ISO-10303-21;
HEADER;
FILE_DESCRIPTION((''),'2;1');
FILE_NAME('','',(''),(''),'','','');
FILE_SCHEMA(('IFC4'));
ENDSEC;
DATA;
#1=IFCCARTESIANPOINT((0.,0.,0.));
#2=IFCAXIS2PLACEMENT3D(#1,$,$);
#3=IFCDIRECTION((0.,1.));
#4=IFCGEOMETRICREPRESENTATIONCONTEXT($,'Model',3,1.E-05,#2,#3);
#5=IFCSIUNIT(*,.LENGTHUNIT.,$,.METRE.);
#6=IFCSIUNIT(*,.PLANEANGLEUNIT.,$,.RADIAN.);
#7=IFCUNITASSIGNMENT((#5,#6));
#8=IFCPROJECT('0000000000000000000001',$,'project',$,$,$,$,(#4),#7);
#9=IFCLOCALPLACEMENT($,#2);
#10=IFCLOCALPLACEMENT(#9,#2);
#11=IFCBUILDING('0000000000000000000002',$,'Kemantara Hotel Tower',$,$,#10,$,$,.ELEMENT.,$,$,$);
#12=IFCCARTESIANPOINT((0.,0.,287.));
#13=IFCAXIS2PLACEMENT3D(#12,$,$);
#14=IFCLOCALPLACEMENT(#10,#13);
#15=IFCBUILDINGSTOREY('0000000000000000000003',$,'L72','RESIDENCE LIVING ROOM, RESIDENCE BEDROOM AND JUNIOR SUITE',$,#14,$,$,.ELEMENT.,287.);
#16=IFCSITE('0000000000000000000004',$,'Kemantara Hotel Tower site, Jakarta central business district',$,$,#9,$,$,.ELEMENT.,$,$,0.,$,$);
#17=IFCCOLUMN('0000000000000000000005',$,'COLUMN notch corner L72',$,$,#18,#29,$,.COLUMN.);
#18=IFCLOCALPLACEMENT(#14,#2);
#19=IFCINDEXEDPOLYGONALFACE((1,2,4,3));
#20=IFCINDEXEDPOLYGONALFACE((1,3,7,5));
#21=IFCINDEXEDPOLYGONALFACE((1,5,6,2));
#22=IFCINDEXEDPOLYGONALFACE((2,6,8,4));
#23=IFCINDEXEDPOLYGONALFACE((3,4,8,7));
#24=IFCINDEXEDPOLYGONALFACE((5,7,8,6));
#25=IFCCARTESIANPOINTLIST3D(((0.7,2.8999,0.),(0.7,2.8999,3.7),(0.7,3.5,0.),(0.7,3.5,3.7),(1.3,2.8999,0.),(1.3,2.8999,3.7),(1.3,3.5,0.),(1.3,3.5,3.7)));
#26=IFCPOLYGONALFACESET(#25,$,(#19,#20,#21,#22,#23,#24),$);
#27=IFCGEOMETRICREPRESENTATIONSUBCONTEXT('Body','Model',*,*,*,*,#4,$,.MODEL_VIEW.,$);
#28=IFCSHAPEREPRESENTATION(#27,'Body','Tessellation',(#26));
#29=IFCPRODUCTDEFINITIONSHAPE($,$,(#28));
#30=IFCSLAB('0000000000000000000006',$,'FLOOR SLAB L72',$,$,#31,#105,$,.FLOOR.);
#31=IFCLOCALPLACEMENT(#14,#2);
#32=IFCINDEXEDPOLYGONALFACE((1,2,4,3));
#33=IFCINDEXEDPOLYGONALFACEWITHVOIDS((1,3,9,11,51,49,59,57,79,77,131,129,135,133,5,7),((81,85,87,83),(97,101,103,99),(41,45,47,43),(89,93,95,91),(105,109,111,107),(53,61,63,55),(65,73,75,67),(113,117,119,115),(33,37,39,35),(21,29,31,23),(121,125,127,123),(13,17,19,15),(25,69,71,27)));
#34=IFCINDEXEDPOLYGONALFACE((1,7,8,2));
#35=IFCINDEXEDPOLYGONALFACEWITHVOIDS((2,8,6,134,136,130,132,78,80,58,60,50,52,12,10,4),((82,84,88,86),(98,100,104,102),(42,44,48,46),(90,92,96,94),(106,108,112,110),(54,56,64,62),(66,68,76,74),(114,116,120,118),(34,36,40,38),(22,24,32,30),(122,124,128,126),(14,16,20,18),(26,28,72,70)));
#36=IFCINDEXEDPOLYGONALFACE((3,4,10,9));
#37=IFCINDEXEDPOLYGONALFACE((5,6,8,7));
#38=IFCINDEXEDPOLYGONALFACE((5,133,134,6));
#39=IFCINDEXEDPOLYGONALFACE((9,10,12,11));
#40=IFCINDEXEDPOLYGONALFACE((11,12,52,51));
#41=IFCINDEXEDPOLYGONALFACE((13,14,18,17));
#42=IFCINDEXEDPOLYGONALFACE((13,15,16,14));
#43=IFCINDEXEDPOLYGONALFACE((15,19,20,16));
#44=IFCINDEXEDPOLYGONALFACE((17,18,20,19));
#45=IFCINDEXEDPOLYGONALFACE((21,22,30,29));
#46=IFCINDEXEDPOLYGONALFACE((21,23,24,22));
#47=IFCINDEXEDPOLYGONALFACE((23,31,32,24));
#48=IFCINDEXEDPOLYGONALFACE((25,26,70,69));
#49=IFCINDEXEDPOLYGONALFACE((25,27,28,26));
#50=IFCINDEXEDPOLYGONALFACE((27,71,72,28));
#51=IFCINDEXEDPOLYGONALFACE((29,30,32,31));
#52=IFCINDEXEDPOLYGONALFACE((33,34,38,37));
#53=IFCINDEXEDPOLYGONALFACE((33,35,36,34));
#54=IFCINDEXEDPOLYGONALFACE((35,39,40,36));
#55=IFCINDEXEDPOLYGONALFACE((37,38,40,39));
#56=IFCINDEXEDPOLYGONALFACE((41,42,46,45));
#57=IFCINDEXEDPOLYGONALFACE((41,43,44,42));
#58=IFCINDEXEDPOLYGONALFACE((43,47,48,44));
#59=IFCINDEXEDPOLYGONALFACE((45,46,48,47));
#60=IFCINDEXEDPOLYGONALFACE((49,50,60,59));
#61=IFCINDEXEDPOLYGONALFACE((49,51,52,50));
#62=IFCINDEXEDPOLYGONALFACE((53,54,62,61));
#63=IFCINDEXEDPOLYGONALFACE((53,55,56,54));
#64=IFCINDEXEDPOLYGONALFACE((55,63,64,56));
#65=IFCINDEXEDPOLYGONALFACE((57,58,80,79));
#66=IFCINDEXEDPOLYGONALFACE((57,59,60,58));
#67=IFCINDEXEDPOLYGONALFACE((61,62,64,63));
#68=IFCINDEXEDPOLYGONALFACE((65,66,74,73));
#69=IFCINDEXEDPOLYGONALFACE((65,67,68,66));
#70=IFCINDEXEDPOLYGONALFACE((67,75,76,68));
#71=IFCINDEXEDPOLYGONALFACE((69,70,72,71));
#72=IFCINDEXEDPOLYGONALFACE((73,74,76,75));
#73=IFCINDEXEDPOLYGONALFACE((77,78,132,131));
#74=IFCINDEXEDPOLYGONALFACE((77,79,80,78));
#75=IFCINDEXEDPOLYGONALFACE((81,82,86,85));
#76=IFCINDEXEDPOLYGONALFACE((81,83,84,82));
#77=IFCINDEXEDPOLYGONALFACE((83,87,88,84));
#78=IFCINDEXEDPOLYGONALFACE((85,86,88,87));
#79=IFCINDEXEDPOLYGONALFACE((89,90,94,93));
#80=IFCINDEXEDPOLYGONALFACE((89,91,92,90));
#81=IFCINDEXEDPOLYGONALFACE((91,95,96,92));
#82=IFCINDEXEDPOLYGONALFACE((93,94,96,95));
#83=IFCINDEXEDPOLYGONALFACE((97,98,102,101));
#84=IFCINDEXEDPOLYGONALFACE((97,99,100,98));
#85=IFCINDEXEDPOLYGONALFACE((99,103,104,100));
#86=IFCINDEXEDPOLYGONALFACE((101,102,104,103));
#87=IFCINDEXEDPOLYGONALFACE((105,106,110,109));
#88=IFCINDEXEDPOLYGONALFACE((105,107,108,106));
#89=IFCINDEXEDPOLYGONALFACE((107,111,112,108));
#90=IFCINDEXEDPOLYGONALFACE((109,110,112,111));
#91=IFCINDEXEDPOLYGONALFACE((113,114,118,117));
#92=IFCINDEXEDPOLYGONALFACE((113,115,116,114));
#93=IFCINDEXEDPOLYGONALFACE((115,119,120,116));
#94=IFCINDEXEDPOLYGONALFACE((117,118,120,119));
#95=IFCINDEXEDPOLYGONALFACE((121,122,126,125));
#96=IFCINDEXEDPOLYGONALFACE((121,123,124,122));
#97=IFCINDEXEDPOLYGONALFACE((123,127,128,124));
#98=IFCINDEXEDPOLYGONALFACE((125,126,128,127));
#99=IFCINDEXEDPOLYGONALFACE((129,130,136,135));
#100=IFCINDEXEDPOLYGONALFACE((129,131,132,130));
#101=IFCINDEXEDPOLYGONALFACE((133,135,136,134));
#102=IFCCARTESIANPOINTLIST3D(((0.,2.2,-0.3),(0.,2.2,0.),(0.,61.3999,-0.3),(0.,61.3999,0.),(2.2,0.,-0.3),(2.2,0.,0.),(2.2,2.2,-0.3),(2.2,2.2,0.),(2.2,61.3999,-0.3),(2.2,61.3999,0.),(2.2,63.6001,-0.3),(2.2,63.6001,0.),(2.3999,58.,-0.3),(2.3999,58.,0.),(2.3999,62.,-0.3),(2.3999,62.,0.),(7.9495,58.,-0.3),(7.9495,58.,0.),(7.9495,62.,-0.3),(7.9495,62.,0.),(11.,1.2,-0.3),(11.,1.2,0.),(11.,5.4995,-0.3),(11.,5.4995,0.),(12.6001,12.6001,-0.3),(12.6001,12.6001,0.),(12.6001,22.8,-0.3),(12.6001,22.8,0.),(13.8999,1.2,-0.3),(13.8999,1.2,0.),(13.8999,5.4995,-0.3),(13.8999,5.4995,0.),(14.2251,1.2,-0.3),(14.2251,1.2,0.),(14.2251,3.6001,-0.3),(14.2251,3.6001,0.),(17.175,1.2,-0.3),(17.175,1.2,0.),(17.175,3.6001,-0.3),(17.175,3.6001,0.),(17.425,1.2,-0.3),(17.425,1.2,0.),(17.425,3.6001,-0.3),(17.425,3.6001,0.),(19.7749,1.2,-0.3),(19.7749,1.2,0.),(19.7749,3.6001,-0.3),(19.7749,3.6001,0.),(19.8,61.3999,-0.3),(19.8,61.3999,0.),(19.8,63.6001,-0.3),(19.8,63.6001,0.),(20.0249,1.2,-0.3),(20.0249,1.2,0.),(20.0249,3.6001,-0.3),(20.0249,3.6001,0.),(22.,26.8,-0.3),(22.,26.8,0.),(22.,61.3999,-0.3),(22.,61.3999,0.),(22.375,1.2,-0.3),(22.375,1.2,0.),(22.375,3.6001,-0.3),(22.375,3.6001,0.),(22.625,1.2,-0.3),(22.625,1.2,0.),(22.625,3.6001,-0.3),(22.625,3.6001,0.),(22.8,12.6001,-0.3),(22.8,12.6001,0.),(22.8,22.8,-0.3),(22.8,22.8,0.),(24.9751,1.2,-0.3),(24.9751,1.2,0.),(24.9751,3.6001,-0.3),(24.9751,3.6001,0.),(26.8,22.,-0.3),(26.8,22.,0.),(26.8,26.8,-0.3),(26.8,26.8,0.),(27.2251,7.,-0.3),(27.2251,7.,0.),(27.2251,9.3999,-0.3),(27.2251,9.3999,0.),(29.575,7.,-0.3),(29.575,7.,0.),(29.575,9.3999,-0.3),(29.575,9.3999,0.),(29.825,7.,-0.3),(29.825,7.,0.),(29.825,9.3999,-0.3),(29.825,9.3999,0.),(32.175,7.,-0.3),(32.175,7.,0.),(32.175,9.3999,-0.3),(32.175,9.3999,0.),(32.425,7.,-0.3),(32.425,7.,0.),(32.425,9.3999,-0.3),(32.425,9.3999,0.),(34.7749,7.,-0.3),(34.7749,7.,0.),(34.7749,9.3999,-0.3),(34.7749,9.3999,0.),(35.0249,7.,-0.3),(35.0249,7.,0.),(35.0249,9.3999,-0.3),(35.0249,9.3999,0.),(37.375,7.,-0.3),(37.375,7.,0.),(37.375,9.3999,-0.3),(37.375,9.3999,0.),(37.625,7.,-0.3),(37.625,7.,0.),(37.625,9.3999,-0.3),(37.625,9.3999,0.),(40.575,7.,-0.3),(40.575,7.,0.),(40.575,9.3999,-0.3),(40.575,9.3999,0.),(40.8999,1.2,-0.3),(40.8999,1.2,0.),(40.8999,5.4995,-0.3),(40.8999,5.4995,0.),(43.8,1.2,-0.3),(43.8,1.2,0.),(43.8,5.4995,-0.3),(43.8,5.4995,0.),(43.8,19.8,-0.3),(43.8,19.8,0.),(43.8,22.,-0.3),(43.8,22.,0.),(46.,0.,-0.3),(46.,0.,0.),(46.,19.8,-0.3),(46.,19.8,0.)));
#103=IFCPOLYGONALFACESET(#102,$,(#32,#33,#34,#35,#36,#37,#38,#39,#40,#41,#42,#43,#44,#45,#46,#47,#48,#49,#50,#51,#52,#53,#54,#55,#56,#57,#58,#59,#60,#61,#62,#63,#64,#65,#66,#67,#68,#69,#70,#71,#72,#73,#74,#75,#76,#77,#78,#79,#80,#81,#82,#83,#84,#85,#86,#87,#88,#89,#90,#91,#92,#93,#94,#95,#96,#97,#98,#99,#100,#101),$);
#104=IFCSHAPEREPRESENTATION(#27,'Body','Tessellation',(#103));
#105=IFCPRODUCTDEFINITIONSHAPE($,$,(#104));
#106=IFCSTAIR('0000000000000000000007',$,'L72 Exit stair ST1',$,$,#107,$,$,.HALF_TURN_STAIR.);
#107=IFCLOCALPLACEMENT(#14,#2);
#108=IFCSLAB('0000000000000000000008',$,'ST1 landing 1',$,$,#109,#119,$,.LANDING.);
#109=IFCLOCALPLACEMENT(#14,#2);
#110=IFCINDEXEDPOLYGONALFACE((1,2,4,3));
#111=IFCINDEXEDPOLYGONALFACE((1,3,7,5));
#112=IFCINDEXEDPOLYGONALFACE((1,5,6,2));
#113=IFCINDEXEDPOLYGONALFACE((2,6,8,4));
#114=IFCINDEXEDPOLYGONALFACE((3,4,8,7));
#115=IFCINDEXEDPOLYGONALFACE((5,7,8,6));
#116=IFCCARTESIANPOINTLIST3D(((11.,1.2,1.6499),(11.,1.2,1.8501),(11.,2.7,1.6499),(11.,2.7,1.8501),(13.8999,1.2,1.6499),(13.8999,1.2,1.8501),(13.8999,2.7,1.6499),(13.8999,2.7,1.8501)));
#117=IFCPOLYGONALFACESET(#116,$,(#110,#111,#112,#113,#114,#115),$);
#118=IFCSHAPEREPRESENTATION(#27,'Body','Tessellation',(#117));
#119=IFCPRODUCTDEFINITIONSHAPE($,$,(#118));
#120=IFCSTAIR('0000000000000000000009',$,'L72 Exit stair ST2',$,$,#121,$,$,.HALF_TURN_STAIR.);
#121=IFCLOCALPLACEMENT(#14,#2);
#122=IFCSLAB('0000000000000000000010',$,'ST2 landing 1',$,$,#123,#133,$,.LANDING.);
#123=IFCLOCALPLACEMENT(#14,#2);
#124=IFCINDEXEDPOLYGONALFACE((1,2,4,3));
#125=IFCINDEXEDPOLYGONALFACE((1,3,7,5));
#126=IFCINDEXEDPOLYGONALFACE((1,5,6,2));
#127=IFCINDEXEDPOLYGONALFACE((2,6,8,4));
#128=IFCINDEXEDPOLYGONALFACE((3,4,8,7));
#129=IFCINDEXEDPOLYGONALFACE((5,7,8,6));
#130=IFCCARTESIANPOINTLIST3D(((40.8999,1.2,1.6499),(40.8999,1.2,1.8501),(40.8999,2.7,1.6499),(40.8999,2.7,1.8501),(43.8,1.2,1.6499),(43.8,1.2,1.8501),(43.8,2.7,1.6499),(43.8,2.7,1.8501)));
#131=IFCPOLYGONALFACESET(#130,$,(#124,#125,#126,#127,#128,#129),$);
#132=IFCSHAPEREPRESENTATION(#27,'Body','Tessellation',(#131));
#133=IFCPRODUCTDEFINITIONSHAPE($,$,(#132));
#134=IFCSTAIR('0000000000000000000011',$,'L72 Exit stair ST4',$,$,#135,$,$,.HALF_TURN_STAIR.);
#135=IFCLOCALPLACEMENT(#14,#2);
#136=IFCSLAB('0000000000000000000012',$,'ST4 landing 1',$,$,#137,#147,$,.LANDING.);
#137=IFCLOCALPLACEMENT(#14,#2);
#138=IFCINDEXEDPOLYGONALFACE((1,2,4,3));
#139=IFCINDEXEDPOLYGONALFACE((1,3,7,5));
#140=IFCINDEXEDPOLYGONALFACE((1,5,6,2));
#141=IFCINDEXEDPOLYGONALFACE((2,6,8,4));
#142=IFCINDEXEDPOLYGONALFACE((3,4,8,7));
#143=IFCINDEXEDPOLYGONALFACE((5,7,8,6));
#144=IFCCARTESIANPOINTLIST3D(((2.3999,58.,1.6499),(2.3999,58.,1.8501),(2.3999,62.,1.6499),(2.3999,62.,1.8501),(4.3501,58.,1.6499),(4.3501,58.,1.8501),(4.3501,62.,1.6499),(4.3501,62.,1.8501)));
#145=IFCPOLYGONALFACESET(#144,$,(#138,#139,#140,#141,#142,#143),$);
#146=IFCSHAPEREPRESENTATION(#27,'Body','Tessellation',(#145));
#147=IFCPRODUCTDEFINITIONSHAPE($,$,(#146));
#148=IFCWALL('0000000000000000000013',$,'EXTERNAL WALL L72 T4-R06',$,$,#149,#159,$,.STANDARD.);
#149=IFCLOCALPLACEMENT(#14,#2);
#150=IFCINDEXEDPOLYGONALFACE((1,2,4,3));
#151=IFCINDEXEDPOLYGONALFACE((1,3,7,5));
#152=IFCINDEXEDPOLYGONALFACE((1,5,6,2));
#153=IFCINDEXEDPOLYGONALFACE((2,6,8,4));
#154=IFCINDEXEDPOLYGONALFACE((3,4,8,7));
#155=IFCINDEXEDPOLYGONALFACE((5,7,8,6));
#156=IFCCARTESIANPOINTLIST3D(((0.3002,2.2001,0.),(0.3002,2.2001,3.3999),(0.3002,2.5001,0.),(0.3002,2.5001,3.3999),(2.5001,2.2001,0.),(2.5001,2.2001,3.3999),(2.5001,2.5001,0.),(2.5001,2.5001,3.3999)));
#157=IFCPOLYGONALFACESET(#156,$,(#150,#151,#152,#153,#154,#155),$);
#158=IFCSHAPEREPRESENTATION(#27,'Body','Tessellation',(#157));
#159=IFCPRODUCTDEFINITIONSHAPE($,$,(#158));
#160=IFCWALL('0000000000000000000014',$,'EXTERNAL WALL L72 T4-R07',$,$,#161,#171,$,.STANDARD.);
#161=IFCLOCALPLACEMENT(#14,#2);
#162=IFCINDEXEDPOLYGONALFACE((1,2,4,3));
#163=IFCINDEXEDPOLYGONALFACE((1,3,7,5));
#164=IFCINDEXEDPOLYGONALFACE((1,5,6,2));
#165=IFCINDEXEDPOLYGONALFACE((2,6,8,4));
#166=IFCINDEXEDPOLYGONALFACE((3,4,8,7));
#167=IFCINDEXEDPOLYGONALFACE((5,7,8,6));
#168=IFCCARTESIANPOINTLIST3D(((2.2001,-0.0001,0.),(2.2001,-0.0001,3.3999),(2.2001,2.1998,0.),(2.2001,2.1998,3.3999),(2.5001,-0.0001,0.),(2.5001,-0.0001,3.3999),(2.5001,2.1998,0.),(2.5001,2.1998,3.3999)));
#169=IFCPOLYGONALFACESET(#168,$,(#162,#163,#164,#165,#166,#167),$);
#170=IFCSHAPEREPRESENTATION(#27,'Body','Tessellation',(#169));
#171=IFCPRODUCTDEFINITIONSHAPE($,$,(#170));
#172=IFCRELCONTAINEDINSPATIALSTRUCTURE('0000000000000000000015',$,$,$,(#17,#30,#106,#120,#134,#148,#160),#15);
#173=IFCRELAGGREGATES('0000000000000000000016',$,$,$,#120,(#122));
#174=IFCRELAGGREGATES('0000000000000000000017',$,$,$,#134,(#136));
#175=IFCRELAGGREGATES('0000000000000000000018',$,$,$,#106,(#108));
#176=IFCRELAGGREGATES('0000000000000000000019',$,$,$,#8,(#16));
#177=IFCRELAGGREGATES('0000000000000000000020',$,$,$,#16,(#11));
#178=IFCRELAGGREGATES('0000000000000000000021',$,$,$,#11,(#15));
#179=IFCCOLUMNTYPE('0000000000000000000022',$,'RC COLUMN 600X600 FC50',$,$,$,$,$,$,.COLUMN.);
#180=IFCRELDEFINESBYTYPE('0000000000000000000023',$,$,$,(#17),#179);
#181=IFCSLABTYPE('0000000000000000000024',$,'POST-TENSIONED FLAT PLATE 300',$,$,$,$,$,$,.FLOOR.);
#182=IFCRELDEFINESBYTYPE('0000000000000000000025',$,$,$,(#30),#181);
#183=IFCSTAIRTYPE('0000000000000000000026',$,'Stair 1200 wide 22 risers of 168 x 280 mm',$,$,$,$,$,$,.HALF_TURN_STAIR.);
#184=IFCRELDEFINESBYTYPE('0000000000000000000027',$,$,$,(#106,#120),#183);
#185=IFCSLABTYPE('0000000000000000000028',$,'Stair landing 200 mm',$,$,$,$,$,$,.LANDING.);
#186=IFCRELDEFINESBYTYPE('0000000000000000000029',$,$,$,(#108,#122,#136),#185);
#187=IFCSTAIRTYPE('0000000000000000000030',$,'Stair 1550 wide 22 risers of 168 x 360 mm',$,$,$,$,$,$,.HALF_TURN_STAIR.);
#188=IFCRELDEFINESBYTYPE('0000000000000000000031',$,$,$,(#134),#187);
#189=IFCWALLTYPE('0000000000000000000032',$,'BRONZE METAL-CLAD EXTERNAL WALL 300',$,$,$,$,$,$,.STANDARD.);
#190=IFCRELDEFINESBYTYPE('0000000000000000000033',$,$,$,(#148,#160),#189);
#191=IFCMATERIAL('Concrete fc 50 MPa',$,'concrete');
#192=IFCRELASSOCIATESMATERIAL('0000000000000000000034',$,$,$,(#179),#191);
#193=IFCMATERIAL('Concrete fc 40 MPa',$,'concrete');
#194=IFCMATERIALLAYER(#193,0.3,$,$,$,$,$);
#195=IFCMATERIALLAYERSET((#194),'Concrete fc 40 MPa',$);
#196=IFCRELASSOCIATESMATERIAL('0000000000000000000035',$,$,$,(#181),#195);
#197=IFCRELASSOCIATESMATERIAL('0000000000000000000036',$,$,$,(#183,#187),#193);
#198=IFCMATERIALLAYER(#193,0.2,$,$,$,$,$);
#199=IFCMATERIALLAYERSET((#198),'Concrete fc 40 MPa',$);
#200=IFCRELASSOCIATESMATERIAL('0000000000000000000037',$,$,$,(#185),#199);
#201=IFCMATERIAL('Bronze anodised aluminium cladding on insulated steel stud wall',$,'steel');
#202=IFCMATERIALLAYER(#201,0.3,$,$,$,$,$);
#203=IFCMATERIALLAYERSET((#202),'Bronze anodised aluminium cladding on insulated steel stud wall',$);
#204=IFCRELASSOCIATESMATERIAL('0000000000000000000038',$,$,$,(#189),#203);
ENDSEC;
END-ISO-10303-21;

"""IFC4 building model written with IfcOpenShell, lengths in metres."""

from ifc_helpers import new_model, si_unit, direction, frame, frame_2d, origin, origin_2d, place, context, subcontext, project, spatial, polyline, rectangle, outline, extrude, material, layer, layer_set, material_profile, profile_set, type_object, element, aggregate, save


model = new_model("IFC4")

# Units and contexts
model_context = context("Model", 3, precision=1e-05, world=origin(), true_north=direction((0.0, 1.0)))
body_context = subcontext(model_context, "Body", "Model", "MODEL_VIEW")
ifc_project = project(units=[si_unit("LENGTHUNIT", "METRE"), si_unit("PLANEANGLEUNIT", "RADIAN")], contexts=[model_context])

# Site, building, storey
site_placement = place(None, origin())
site = spatial("IfcSite", under=ifc_project, at=site_placement, Name="Kemantara Hotel Tower site, Jakarta central business district", CompositionType="ELEMENT", RefElevation=0.0)
building_placement = place(site_placement, origin())
building = spatial("IfcBuilding", under=site, at=building_placement, Name="Kemantara Hotel Tower", CompositionType="ELEMENT")
storey_placement = place(building_placement, frame((0.0, 0.0, 287.0)))
storey = spatial("IfcBuildingStorey", under=building, at=storey_placement, Name="L72", Description="RESIDENCE LIVING ROOM, RESIDENCE BEDROOM AND JUNIOR SUITE", CompositionType="ELEMENT", Elevation=287.0)

# Column
ifc_material_1 = material(Name="Concrete fc 50 MPa", Category="concrete")
ifc_material_profile = material_profile(ifc_material_1, rectangle(XDim=0.6001, YDim=0.6001, at=origin_2d()), Name="RC 600X600")
ifc_profile_set = profile_set([ifc_material_profile], Name="Concrete fc 50 MPa")
column_type = type_object("IfcColumnType", Name="RC COLUMN 600X600 FC50", PredefinedType="COLUMN", material=ifc_profile_set)
column_placement = place(storey_placement, frame((1.0, 3.2, 0.0), z_axis=(0.0, 0.0, 1.0), x_axis=(1.0, 0.0, 0.0)))
element("IfcColumn", 1, at=column_placement, inside=storey, type_object=column_type, Name="COLUMN notch corner L72", PredefinedType="COLUMN", context=body_context, shape_type="SweptSolid", body=[
    extrude(rectangle(XDim=0.6001, YDim=0.6001, at=origin_2d()), origin(), (0.0, 0.0, 1.0), 3.7),
])

# Slab
ifc_material_2 = material(Name="Concrete fc 40 MPa", Category="concrete")
ifc_layer_1 = layer(ifc_material_2, 0.3)
ifc_layer_set_1 = layer_set([ifc_layer_1], Name="Concrete fc 40 MPa")
slab_type_1 = type_object("IfcSlabType", Name="POST-TENSIONED FLAT PLATE 300", PredefinedType="FLOOR", material=ifc_layer_set_1)
slab_1_placement = place(storey_placement, frame((0.0, 0.0, -0.3)))
element("IfcSlab", 2, at=slab_1_placement, inside=storey, type_object=slab_type_1, Name="FLOOR SLAB L72", PredefinedType="FLOOR", context=body_context, shape_type="SweptSolid", body=[
    extrude(outline(polyline([(22.0, 26.8), (22.0, 61.3999), (19.8, 61.3999), (19.8, 63.6001), (2.2, 63.6001), (2.2, 61.3999), (0.0, 61.3999), (0.0, 2.2), (2.2, 2.2), (2.2, 0.0), (46.0, 0.0), (46.0, 19.8), (43.8, 19.8), (43.8, 22.0), (26.8, 22.0), (26.8, 26.8), (22.0, 26.8)]), holes=[polyline([(17.175, 3.6001), (17.175, 1.2), (14.2251, 1.2), (14.2251, 3.6001), (17.175, 3.6001)]), polyline([(19.7749, 1.2), (17.425, 1.2), (17.425, 3.6001), (19.7749, 3.6001), (19.7749, 1.2)]), polyline([(22.375, 1.2), (20.0249, 1.2), (20.0249, 3.6001), (22.375, 3.6001), (22.375, 1.2)]), polyline([(24.9751, 3.6001), (24.9751, 1.2), (22.625, 1.2), (22.625, 3.6001), (24.9751, 3.6001)]), polyline([(11.0, 1.2), (11.0, 5.4995), (13.8999, 5.4995), (13.8999, 1.2), (11.0, 1.2)]), polyline([(22.8, 12.6001), (12.6001, 12.6001), (12.6001, 22.8), (22.8, 22.8), (22.8, 12.6001)]), polyline([(2.3999, 58.0), (2.3999, 62.0), (7.9495, 62.0), (7.9495, 58.0), (2.3999, 58.0)]), polyline([(40.8999, 1.2), (40.8999, 5.4995), (43.8, 5.4995), (43.8, 1.2), (40.8999, 1.2)]), polyline([(29.575, 7.0), (27.2251, 7.0), (27.2251, 9.3999), (29.575, 9.3999), (29.575, 7.0)]), polyline([(32.175, 7.0), (29.825, 7.0), (29.825, 9.3999), (32.175, 9.3999), (32.175, 7.0)]), polyline([(34.7749, 7.0), (32.425, 7.0), (32.425, 9.3999), (34.7749, 9.3999), (34.7749, 7.0)]), polyline([(37.375, 7.0), (35.0249, 7.0), (35.0249, 9.3999), (37.375, 9.3999), (37.375, 7.0)]), polyline([(40.575, 7.0), (37.625, 7.0), (37.625, 9.3999), (40.575, 9.3999), (40.575, 7.0)])]), origin(), (0.0, 0.0, 1.0), 0.3),
])

# Stairs, slabs
stair_type_1 = type_object("IfcStairType", Name="Stair 1200 wide 22 risers of 168 x 280 mm", PredefinedType="HALF_TURN_STAIR", material=ifc_material_2)
stair_1_placement = place(storey_placement, origin())
stair_1 = element("IfcStair", 3, at=stair_1_placement, inside=storey, type_object=stair_type_1, Name="L72 Exit stair ST1", PredefinedType="HALF_TURN_STAIR")
ifc_layer_2 = layer(ifc_material_2, 0.2)
ifc_layer_set_2 = layer_set([ifc_layer_2], Name="Concrete fc 40 MPa")
slab_type_2 = type_object("IfcSlabType", Name="Stair landing 200 mm", PredefinedType="LANDING", material=ifc_layer_set_2)
slab_2_placement = place(storey_placement, frame((0.0, 0.0, 1.6499)))
slab_2 = element("IfcSlab", 4, at=slab_2_placement, type_object=slab_type_2, Name="ST1 landing 1", PredefinedType="LANDING", context=body_context, shape_type="SweptSolid", body=[
    extrude(outline(polyline([(11.0, 2.7), (11.0, 1.2), (13.8999, 1.2), (13.8999, 2.7), (11.0, 2.7)])), origin(), (0.0, 0.0, 1.0), 0.2002),
])
stair_2_placement = place(storey_placement, origin())
stair_2 = element("IfcStair", 5, at=stair_2_placement, inside=storey, type_object=stair_type_1, Name="L72 Exit stair ST2", PredefinedType="HALF_TURN_STAIR")
slab_3_placement = place(storey_placement, frame((0.0, 0.0, 1.6499)))
slab_3 = element("IfcSlab", 6, at=slab_3_placement, type_object=slab_type_2, Name="ST2 landing 1", PredefinedType="LANDING", context=body_context, shape_type="SweptSolid", body=[
    extrude(outline(polyline([(40.8999, 2.7), (40.8999, 1.2), (43.8, 1.2), (43.8, 2.7), (40.8999, 2.7)])), origin(), (0.0, 0.0, 1.0), 0.2002),
])
aggregate(stair_2, [slab_3])
stair_type_2 = type_object("IfcStairType", Name="Stair 1550 wide 22 risers of 168 x 360 mm", PredefinedType="HALF_TURN_STAIR", material=ifc_material_2)
stair_3_placement = place(storey_placement, origin())
stair_3 = element("IfcStair", 7, at=stair_3_placement, inside=storey, type_object=stair_type_2, Name="L72 Exit stair ST4", PredefinedType="HALF_TURN_STAIR")
slab_4_placement = place(storey_placement, frame((0.0, 0.0, 1.6499)))
slab_4 = element("IfcSlab", 8, at=slab_4_placement, type_object=slab_type_2, Name="ST4 landing 1", PredefinedType="LANDING", context=body_context, shape_type="SweptSolid", body=[
    extrude(outline(polyline([(4.3501, 62.0), (2.3999, 62.0), (2.3999, 58.0), (4.3501, 58.0), (4.3501, 62.0)])), origin(), (0.0, 0.0, 1.0), 0.2002),
])
aggregate(stair_3, [slab_4])

# Walls
ifc_material_3 = material(Name="Bronze anodised aluminium cladding on insulated steel stud wall", Category="steel")
ifc_layer_3 = layer(ifc_material_3, 0.3)
ifc_layer_set_3 = layer_set([ifc_layer_3], Name="Bronze anodised aluminium cladding on insulated steel stud wall")
wall_type_1 = type_object("IfcWallType", Name="BRONZE METAL-CLAD EXTERNAL WALL 300", PredefinedType="STANDARD", material=ifc_layer_set_3)
for number, where, z_axis, x_axis, name in (
    (9, (0.3, 2.3501, 0.0), (0.0, 0.0, 1.0), (1.0, 0.0, 0.0), "EXTERNAL WALL L72 T4-R06"),
    (10, (2.3501, 2.2, 0.0), (0.0, 0.0, 1.0), (0.0, -1.0, 0.0), "EXTERNAL WALL L72 T4-R07"),
):
    element("IfcWall", number, at=place(storey_placement, frame(where, z_axis=z_axis, x_axis=x_axis)), inside=storey, type_object=wall_type_1, Name=name, PredefinedType="STANDARD", context=body_context, shape_type="SweptSolid", body=[
        extrude(rectangle(XDim=2.2, YDim=0.3, at=frame_2d((1.1001, 0.0))), origin(), (0.0, 0.0, 1.0), 3.3999),
    ])

aggregate(stair_1, [slab_2])

save(model, "model.ifc")
